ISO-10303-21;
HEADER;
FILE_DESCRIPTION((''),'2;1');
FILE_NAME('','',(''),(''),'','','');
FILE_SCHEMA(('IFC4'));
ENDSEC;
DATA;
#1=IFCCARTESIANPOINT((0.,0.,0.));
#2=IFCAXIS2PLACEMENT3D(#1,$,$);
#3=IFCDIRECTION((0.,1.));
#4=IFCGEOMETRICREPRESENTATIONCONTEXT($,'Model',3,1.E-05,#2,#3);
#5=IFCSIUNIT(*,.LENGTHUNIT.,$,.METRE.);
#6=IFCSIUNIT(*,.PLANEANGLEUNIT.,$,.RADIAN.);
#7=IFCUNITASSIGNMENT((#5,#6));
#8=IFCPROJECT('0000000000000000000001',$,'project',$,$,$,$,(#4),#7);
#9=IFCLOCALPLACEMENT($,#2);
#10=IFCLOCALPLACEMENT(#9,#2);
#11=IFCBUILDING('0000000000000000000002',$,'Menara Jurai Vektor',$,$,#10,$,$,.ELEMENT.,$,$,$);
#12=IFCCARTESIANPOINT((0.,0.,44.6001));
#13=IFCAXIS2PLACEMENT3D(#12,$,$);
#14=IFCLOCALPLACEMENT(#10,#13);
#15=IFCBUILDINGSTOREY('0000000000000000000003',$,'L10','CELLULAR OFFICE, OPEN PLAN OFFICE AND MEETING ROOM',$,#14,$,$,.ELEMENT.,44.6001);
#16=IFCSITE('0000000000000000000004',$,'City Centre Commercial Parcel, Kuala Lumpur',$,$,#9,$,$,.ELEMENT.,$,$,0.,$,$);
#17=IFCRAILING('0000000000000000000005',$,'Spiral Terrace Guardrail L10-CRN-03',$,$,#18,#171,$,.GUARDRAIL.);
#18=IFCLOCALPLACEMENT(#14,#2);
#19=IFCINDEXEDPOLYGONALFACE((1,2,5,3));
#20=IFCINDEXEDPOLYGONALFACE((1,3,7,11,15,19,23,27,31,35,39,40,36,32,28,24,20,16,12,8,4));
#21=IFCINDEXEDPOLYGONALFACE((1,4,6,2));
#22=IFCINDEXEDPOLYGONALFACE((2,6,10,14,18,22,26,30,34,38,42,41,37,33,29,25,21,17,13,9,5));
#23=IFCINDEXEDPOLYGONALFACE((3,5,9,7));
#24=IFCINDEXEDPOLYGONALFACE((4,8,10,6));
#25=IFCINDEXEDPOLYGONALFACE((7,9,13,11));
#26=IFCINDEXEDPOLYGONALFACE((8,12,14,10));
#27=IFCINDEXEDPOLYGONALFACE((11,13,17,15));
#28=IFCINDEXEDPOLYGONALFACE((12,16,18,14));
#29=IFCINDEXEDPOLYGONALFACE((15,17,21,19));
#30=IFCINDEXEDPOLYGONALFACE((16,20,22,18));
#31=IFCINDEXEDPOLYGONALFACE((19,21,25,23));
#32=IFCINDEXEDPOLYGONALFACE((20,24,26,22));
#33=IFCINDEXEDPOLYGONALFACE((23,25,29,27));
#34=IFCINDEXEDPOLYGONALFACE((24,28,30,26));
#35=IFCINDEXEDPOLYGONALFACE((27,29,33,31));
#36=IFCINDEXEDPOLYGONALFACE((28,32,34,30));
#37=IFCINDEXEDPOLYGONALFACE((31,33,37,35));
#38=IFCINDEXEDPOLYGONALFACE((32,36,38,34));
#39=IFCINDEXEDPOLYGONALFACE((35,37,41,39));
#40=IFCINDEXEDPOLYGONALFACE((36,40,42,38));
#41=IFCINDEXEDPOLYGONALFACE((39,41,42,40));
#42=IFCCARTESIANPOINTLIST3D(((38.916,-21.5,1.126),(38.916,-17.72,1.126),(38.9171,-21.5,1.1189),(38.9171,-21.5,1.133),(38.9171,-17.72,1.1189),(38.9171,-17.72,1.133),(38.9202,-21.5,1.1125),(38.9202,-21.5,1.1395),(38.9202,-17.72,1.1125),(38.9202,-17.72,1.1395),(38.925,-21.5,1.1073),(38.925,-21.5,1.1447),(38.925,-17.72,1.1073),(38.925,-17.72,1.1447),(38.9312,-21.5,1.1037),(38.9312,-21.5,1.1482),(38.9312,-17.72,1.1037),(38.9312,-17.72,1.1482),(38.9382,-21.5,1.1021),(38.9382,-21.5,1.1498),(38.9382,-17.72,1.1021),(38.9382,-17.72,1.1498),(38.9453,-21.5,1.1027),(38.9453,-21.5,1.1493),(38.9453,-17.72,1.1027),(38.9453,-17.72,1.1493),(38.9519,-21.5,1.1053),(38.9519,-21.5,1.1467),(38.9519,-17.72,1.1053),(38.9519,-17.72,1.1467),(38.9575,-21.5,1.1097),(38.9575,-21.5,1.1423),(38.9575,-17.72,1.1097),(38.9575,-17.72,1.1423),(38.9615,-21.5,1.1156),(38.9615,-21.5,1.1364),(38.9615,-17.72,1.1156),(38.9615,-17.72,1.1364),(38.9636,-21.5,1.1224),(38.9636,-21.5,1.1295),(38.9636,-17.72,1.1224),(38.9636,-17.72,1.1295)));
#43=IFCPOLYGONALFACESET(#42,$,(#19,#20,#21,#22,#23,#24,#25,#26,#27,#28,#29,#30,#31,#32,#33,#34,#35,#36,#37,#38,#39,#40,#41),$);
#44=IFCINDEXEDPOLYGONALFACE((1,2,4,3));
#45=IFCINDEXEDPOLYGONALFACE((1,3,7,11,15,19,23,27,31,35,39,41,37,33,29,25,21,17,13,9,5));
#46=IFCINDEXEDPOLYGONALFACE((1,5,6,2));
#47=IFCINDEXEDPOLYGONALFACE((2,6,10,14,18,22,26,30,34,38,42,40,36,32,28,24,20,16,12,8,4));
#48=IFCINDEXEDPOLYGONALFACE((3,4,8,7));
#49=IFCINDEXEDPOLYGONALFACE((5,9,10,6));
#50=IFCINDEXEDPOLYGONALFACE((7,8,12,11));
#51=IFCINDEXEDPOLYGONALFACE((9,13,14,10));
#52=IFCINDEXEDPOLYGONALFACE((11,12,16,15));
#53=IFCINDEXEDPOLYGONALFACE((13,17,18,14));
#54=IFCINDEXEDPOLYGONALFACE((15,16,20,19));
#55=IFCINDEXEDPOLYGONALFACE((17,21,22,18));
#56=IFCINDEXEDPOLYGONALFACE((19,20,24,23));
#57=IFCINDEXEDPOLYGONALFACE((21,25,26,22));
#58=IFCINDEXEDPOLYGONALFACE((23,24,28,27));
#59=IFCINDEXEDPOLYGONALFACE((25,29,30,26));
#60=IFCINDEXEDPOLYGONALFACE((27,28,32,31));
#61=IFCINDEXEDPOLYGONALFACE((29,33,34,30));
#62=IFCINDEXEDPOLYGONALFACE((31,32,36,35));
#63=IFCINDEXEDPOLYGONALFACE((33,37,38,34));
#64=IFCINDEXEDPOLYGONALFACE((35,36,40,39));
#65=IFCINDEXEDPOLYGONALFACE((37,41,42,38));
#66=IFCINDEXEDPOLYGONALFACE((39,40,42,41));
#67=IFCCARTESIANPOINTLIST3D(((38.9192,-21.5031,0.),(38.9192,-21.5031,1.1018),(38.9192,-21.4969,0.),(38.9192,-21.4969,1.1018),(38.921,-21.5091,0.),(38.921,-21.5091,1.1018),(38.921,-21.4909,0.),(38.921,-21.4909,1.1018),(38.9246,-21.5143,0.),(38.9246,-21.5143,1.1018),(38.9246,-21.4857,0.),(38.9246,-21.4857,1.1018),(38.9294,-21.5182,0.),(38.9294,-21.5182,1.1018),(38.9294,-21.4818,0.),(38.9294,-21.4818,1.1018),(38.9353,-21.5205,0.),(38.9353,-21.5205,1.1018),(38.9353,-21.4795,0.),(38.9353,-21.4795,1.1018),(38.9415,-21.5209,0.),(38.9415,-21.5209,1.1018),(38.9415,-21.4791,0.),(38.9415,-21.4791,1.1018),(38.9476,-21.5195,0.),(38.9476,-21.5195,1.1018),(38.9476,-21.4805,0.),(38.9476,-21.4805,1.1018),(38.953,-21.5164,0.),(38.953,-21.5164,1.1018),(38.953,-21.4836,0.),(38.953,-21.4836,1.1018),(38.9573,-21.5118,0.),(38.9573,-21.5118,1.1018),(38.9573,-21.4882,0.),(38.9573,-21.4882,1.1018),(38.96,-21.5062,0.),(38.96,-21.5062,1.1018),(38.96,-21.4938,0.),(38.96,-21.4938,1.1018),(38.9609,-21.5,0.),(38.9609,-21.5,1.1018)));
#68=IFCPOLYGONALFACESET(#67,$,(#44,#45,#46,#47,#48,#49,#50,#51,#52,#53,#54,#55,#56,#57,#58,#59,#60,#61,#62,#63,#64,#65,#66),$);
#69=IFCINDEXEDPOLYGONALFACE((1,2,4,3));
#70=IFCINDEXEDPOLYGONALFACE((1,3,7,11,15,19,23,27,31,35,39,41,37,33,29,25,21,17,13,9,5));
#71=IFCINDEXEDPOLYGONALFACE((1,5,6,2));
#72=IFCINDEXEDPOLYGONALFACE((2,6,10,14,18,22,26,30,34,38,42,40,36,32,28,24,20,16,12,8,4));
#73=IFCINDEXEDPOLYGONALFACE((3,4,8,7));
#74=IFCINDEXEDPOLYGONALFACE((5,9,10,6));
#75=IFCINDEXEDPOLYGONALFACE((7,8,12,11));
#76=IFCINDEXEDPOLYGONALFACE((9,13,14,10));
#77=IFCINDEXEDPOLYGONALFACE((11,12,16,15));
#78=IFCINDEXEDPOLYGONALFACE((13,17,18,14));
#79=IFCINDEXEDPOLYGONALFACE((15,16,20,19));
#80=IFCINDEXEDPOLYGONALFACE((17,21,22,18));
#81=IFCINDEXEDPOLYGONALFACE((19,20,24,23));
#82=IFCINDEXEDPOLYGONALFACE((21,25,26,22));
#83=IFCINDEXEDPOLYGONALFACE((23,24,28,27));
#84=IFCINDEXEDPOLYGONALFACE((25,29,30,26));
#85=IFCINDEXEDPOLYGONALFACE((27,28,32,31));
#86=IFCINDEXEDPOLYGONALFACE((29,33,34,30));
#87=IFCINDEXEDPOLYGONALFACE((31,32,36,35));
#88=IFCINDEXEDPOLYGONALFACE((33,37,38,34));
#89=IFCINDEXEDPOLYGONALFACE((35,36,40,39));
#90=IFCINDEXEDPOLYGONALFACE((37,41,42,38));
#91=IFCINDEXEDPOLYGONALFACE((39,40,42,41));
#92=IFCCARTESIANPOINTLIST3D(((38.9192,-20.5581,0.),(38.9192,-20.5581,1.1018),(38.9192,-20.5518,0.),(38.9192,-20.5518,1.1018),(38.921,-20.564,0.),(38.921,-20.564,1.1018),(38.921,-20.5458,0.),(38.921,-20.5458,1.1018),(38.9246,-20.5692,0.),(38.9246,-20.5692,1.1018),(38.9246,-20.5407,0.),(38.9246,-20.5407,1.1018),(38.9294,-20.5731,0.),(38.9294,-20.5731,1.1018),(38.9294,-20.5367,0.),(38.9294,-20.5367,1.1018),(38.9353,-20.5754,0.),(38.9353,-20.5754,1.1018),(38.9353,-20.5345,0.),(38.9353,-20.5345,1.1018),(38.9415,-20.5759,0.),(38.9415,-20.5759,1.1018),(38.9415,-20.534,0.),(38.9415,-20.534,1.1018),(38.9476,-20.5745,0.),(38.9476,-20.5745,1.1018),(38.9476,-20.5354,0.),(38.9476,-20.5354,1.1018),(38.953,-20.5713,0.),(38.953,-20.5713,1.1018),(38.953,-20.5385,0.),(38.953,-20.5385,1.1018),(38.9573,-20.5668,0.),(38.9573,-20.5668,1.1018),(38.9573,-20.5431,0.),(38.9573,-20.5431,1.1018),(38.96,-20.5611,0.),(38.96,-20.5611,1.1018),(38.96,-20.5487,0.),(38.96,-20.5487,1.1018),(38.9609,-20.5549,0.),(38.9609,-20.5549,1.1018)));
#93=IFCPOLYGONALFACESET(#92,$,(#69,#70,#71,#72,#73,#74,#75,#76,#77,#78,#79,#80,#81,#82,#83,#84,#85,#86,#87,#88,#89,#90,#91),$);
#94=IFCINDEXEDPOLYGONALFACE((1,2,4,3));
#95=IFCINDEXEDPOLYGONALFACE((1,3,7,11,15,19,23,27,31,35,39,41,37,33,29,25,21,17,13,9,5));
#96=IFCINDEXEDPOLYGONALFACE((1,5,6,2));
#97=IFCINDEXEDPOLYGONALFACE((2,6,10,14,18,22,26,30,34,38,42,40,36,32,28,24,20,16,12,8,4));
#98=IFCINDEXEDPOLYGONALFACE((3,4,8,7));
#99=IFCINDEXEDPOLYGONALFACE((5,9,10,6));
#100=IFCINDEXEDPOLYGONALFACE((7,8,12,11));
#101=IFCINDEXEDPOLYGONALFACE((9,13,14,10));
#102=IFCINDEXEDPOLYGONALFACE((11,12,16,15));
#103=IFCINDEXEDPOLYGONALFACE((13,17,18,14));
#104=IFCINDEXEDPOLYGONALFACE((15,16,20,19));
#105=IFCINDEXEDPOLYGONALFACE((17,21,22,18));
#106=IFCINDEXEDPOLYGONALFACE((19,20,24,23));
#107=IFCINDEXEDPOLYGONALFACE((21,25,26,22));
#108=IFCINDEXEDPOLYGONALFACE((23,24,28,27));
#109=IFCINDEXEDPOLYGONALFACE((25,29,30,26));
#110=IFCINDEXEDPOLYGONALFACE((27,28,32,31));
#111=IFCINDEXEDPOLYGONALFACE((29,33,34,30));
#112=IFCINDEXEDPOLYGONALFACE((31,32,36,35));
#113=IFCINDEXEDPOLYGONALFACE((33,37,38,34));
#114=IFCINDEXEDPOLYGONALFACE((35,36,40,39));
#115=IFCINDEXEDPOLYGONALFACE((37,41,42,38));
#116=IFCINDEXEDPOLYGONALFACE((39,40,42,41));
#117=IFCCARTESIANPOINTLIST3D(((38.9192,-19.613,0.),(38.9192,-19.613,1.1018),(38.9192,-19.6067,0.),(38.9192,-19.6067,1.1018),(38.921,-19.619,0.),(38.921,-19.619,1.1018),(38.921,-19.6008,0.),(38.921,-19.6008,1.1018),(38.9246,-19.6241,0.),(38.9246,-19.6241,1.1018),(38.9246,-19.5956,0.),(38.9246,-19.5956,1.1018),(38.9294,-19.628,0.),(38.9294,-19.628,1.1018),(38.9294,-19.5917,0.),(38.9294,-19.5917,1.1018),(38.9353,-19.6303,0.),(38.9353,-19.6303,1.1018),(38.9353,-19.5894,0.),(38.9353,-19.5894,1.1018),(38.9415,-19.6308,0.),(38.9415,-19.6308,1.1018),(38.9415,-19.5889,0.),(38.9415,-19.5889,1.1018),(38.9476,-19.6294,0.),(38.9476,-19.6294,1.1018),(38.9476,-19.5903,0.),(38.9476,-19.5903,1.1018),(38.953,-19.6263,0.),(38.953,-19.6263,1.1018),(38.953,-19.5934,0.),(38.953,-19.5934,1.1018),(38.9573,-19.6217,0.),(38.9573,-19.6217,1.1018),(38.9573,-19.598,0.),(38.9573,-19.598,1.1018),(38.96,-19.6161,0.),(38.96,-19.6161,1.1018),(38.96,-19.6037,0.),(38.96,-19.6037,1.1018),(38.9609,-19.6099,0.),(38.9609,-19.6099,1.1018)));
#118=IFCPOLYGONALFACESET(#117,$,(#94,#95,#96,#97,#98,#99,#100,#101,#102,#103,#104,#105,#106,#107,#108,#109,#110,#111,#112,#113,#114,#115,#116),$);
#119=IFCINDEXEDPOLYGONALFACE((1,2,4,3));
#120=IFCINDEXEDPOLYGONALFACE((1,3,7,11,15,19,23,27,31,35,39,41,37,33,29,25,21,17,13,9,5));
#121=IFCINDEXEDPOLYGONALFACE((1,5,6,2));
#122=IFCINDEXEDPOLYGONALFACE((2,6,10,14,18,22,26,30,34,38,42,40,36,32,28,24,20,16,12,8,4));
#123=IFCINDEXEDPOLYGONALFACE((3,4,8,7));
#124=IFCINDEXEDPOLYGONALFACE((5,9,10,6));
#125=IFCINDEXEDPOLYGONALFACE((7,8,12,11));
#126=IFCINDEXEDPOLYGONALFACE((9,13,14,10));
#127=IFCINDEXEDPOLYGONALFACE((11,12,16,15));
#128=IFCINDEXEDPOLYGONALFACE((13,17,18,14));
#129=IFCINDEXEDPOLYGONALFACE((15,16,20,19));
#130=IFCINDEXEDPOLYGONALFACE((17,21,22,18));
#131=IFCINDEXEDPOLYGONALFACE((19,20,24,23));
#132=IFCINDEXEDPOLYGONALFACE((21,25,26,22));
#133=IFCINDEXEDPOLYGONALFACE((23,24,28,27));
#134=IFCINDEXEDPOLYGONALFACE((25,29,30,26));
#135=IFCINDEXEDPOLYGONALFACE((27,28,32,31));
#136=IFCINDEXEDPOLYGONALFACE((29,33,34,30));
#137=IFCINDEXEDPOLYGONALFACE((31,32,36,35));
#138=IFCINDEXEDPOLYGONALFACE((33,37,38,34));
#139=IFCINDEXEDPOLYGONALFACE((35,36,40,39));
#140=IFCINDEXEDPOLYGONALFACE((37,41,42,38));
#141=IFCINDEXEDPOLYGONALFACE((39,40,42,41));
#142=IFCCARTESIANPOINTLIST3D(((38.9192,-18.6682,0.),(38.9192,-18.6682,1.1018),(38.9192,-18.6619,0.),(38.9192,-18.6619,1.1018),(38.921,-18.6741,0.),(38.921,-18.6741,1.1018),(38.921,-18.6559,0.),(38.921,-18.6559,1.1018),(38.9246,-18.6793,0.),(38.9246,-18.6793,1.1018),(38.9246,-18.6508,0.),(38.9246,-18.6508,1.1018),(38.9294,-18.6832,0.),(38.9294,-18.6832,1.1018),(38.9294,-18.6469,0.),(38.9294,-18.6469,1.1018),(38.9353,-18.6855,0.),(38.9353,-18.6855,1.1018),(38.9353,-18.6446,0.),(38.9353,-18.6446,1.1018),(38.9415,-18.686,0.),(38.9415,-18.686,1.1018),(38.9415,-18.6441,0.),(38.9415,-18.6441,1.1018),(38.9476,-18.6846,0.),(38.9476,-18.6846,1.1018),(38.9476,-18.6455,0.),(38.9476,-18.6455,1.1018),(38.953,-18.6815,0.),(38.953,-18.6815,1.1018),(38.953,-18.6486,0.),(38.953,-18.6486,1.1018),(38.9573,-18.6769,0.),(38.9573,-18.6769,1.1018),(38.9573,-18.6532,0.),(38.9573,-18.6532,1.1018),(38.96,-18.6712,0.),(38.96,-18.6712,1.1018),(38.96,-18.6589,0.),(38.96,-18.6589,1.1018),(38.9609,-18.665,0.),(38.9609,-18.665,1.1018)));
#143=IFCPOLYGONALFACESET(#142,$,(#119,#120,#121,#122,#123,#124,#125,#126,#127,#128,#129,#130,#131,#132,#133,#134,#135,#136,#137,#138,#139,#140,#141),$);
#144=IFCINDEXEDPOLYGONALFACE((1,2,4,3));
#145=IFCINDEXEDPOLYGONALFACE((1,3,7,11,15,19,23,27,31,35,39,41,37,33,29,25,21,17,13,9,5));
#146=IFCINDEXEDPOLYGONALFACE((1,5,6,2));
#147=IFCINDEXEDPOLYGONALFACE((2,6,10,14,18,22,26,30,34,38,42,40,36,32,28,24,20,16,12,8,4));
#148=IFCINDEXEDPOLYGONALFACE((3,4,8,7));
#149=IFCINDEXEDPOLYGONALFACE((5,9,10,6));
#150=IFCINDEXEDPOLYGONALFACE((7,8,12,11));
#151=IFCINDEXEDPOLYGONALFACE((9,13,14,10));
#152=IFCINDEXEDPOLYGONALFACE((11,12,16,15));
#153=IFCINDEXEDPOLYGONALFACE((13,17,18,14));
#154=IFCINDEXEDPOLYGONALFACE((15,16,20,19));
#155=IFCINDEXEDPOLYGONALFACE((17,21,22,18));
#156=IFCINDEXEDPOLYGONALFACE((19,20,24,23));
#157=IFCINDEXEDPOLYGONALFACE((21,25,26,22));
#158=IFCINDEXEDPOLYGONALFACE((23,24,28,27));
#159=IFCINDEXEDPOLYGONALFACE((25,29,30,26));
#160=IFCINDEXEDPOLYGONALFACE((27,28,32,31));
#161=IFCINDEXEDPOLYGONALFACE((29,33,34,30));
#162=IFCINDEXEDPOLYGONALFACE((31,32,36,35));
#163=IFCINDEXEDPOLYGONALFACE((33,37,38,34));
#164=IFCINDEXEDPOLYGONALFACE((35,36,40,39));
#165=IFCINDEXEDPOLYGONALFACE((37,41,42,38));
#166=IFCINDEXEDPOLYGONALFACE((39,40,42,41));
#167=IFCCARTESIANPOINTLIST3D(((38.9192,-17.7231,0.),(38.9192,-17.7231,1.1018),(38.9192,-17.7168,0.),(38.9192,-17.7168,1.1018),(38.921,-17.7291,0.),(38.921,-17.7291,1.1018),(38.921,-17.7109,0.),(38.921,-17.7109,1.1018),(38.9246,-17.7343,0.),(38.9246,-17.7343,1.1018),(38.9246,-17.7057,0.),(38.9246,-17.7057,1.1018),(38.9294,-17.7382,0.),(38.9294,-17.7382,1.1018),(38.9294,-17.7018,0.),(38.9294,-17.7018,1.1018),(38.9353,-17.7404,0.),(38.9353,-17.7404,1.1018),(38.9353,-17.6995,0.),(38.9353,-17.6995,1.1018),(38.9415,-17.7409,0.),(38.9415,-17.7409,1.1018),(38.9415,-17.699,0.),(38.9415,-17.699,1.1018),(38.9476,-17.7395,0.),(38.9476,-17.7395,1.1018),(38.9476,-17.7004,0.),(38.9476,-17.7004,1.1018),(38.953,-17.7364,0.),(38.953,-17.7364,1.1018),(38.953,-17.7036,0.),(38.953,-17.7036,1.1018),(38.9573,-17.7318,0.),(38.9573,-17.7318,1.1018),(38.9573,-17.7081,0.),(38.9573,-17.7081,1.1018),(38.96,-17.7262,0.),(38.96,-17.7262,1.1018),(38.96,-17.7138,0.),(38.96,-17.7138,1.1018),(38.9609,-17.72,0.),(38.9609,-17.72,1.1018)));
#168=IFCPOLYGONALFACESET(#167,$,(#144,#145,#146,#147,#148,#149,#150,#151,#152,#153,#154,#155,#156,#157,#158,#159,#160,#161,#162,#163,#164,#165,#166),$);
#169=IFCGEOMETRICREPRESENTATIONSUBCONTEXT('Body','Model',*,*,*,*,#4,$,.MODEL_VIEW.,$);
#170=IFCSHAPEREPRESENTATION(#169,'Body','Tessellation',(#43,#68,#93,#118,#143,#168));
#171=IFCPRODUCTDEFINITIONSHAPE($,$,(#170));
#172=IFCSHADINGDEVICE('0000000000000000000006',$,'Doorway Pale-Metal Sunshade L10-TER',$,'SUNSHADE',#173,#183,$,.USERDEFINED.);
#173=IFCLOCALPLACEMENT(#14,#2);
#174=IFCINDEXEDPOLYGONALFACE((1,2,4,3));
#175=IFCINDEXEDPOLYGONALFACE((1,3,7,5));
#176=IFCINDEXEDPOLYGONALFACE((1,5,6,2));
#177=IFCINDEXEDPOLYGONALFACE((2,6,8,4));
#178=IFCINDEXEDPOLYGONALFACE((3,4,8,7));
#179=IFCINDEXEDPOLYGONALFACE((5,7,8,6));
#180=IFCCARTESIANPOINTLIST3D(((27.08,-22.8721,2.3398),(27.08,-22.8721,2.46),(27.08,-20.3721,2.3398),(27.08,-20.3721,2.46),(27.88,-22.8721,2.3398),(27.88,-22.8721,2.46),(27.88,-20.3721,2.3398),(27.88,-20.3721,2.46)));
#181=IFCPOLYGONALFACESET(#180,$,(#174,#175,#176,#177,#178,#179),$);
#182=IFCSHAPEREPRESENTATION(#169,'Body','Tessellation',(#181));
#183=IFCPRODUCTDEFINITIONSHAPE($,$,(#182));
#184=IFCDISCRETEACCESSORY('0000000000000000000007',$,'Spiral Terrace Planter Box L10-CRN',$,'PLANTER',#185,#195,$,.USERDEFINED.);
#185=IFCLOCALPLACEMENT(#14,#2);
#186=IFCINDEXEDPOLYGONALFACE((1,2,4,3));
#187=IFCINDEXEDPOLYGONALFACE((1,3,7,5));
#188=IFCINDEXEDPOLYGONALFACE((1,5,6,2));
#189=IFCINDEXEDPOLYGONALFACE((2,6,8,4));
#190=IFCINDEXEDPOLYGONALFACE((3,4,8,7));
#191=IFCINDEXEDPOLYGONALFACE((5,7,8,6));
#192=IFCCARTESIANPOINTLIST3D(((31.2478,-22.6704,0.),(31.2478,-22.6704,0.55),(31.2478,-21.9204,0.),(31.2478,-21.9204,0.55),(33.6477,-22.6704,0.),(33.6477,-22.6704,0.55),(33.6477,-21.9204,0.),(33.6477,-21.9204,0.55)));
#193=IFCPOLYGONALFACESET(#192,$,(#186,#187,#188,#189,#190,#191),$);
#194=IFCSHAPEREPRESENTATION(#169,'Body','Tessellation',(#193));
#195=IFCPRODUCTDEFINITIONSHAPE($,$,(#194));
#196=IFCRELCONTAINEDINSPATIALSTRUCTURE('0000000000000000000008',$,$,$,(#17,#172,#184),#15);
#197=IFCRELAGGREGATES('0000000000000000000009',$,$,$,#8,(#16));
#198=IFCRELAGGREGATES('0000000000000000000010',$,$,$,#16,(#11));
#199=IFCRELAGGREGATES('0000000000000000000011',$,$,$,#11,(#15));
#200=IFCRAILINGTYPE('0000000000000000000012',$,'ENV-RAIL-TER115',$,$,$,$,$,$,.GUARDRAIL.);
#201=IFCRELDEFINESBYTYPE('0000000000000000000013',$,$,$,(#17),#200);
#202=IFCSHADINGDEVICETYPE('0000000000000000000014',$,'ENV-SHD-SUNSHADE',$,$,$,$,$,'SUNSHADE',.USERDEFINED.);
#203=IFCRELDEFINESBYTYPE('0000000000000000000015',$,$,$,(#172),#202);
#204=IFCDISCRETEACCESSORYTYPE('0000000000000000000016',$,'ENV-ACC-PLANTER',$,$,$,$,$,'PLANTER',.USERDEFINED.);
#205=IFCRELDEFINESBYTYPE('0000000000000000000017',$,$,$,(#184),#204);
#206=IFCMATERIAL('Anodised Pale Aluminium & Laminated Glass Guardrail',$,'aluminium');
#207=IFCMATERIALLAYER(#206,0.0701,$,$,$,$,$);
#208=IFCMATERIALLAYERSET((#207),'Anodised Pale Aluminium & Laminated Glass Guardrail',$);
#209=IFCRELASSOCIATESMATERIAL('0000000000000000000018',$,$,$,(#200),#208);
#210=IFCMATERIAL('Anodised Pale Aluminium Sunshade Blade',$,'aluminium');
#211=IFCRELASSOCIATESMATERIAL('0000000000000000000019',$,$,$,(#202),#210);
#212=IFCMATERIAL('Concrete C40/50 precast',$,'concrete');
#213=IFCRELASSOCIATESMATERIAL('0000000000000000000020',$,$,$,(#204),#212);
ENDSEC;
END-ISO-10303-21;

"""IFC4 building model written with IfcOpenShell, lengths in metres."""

from ifc_helpers import new_model, si_unit, direction, frame, origin, origin_2d, place, context, subcontext, project, spatial, rectangle, circle, extrude, material, layer, layer_set, type_object, element, save


model = new_model("IFC4")

# Units and contexts
model_context = context("Model", 3, precision=1e-05, world=origin(), true_north=direction((0.0, 1.0)))
body_context = subcontext(model_context, "Body", "Model", "MODEL_VIEW")
ifc_project = project(units=[si_unit("LENGTHUNIT", "METRE"), si_unit("PLANEANGLEUNIT", "RADIAN")], contexts=[model_context])

# Site, building, storey
site_placement = place(None, origin())
site = spatial("IfcSite", under=ifc_project, at=site_placement, Name="City Centre Commercial Parcel, Kuala Lumpur", CompositionType="ELEMENT", RefElevation=0.0)
building_placement = place(site_placement, origin())
building = spatial("IfcBuilding", under=site, at=building_placement, Name="Menara Jurai Vektor", CompositionType="ELEMENT")
storey_placement = place(building_placement, frame((0.0, 0.0, 44.6001)))
storey = spatial("IfcBuildingStorey", under=building, at=storey_placement, Name="L10", Description="CELLULAR OFFICE, OPEN PLAN OFFICE AND MEETING ROOM", CompositionType="ELEMENT", Elevation=44.6001)

# Railing
ifc_material_1 = material(Name="Anodised Pale Aluminium & Laminated Glass Guardrail", Category="aluminium")
ifc_layer_1 = layer(ifc_material_1, 0.0701)
ifc_layer_set_1 = layer_set([ifc_layer_1], Name="Anodised Pale Aluminium & Laminated Glass Guardrail")
railing_type = type_object("IfcRailingType", Name="ENV-RAIL-TER115", PredefinedType="GUARDRAIL", material=ifc_layer_set_1)
railing_1_placement = place(storey_placement, frame((38.9399, -21.5, 0.0)))
element("IfcRailing", 1, at=railing_1_placement, inside=storey, type_object=railing_type, Name="Spiral Terrace Guardrail L10-CRN-03", PredefinedType="GUARDRAIL", context=body_context, shape_type="SweptSolid", body=[
    extrude(circle(Radius=0.0239, at=origin_2d()), frame((0.0, 0.0, 1.126), z_axis=(0.0, 1.0, 0.0), x_axis=(-1.0, 0.0, 0.0)), (0.0, 0.0, 1.0), 3.78),
    extrude(circle(Radius=0.021, at=origin_2d()), origin(), (0.0, 0.0, 1.0), 1.1018),
    extrude(circle(Radius=0.021, at=origin_2d()), frame((0.0, 0.9451, 0.0)), (0.0, 0.0, 1.0), 1.1018),
    extrude(circle(Radius=0.021, at=origin_2d()), frame((0.0, 1.8901, 0.0)), (0.0, 0.0, 1.0), 1.1018),
    extrude(circle(Radius=0.021, at=origin_2d()), frame((0.0, 2.835, 0.0)), (0.0, 0.0, 1.0), 1.1018),
    extrude(circle(Radius=0.021, at=origin_2d()), frame((0.0, 3.78, 0.0)), (0.0, 0.0, 1.0), 1.1018),
])

# Shading device
ifc_material_2 = material(Name="Anodised Pale Aluminium Sunshade Blade", Category="aluminium")
shading_device_type = type_object("IfcShadingDeviceType", Name="ENV-SHD-SUNSHADE", ElementType="SUNSHADE", PredefinedType="USERDEFINED", material=ifc_material_2)
shading_device_placement = place(storey_placement, frame((27.48, -21.6221, 2.3398), z_axis=(0.0, 0.0, 1.0), x_axis=(0.0, 1.0, 0.0)))
element("IfcShadingDevice", 2, at=shading_device_placement, inside=storey, type_object=shading_device_type, Name="Doorway Pale-Metal Sunshade L10-TER", ObjectType="SUNSHADE", PredefinedType="USERDEFINED", context=body_context, shape_type="SweptSolid", body=[
    extrude(rectangle(XDim=2.5, YDim=0.8, at=origin_2d()), origin(), (0.0, 0.0, 1.0), 0.1201),
])

# Discrete accessory
ifc_material_3 = material(Name="Concrete C40/50 precast", Category="concrete")
discrete_accessory_type = type_object("IfcDiscreteAccessoryType", Name="ENV-ACC-PLANTER", ElementType="PLANTER", PredefinedType="USERDEFINED", material=ifc_material_3)
discrete_accessory_placement = place(storey_placement, frame((32.4478, -22.2954, 0.0), z_axis=(0.0, 0.0, 1.0), x_axis=(1.0, 0.0, 0.0)))
element("IfcDiscreteAccessory", 3, at=discrete_accessory_placement, inside=storey, type_object=discrete_accessory_type, Name="Spiral Terrace Planter Box L10-CRN", ObjectType="PLANTER", PredefinedType="USERDEFINED", context=body_context, shape_type="SweptSolid", body=[
    extrude(rectangle(XDim=2.3999, YDim=0.75, at=origin_2d()), origin(), (0.0, 0.0, 1.0), 0.55),
])

save(model, "model.ifc")
